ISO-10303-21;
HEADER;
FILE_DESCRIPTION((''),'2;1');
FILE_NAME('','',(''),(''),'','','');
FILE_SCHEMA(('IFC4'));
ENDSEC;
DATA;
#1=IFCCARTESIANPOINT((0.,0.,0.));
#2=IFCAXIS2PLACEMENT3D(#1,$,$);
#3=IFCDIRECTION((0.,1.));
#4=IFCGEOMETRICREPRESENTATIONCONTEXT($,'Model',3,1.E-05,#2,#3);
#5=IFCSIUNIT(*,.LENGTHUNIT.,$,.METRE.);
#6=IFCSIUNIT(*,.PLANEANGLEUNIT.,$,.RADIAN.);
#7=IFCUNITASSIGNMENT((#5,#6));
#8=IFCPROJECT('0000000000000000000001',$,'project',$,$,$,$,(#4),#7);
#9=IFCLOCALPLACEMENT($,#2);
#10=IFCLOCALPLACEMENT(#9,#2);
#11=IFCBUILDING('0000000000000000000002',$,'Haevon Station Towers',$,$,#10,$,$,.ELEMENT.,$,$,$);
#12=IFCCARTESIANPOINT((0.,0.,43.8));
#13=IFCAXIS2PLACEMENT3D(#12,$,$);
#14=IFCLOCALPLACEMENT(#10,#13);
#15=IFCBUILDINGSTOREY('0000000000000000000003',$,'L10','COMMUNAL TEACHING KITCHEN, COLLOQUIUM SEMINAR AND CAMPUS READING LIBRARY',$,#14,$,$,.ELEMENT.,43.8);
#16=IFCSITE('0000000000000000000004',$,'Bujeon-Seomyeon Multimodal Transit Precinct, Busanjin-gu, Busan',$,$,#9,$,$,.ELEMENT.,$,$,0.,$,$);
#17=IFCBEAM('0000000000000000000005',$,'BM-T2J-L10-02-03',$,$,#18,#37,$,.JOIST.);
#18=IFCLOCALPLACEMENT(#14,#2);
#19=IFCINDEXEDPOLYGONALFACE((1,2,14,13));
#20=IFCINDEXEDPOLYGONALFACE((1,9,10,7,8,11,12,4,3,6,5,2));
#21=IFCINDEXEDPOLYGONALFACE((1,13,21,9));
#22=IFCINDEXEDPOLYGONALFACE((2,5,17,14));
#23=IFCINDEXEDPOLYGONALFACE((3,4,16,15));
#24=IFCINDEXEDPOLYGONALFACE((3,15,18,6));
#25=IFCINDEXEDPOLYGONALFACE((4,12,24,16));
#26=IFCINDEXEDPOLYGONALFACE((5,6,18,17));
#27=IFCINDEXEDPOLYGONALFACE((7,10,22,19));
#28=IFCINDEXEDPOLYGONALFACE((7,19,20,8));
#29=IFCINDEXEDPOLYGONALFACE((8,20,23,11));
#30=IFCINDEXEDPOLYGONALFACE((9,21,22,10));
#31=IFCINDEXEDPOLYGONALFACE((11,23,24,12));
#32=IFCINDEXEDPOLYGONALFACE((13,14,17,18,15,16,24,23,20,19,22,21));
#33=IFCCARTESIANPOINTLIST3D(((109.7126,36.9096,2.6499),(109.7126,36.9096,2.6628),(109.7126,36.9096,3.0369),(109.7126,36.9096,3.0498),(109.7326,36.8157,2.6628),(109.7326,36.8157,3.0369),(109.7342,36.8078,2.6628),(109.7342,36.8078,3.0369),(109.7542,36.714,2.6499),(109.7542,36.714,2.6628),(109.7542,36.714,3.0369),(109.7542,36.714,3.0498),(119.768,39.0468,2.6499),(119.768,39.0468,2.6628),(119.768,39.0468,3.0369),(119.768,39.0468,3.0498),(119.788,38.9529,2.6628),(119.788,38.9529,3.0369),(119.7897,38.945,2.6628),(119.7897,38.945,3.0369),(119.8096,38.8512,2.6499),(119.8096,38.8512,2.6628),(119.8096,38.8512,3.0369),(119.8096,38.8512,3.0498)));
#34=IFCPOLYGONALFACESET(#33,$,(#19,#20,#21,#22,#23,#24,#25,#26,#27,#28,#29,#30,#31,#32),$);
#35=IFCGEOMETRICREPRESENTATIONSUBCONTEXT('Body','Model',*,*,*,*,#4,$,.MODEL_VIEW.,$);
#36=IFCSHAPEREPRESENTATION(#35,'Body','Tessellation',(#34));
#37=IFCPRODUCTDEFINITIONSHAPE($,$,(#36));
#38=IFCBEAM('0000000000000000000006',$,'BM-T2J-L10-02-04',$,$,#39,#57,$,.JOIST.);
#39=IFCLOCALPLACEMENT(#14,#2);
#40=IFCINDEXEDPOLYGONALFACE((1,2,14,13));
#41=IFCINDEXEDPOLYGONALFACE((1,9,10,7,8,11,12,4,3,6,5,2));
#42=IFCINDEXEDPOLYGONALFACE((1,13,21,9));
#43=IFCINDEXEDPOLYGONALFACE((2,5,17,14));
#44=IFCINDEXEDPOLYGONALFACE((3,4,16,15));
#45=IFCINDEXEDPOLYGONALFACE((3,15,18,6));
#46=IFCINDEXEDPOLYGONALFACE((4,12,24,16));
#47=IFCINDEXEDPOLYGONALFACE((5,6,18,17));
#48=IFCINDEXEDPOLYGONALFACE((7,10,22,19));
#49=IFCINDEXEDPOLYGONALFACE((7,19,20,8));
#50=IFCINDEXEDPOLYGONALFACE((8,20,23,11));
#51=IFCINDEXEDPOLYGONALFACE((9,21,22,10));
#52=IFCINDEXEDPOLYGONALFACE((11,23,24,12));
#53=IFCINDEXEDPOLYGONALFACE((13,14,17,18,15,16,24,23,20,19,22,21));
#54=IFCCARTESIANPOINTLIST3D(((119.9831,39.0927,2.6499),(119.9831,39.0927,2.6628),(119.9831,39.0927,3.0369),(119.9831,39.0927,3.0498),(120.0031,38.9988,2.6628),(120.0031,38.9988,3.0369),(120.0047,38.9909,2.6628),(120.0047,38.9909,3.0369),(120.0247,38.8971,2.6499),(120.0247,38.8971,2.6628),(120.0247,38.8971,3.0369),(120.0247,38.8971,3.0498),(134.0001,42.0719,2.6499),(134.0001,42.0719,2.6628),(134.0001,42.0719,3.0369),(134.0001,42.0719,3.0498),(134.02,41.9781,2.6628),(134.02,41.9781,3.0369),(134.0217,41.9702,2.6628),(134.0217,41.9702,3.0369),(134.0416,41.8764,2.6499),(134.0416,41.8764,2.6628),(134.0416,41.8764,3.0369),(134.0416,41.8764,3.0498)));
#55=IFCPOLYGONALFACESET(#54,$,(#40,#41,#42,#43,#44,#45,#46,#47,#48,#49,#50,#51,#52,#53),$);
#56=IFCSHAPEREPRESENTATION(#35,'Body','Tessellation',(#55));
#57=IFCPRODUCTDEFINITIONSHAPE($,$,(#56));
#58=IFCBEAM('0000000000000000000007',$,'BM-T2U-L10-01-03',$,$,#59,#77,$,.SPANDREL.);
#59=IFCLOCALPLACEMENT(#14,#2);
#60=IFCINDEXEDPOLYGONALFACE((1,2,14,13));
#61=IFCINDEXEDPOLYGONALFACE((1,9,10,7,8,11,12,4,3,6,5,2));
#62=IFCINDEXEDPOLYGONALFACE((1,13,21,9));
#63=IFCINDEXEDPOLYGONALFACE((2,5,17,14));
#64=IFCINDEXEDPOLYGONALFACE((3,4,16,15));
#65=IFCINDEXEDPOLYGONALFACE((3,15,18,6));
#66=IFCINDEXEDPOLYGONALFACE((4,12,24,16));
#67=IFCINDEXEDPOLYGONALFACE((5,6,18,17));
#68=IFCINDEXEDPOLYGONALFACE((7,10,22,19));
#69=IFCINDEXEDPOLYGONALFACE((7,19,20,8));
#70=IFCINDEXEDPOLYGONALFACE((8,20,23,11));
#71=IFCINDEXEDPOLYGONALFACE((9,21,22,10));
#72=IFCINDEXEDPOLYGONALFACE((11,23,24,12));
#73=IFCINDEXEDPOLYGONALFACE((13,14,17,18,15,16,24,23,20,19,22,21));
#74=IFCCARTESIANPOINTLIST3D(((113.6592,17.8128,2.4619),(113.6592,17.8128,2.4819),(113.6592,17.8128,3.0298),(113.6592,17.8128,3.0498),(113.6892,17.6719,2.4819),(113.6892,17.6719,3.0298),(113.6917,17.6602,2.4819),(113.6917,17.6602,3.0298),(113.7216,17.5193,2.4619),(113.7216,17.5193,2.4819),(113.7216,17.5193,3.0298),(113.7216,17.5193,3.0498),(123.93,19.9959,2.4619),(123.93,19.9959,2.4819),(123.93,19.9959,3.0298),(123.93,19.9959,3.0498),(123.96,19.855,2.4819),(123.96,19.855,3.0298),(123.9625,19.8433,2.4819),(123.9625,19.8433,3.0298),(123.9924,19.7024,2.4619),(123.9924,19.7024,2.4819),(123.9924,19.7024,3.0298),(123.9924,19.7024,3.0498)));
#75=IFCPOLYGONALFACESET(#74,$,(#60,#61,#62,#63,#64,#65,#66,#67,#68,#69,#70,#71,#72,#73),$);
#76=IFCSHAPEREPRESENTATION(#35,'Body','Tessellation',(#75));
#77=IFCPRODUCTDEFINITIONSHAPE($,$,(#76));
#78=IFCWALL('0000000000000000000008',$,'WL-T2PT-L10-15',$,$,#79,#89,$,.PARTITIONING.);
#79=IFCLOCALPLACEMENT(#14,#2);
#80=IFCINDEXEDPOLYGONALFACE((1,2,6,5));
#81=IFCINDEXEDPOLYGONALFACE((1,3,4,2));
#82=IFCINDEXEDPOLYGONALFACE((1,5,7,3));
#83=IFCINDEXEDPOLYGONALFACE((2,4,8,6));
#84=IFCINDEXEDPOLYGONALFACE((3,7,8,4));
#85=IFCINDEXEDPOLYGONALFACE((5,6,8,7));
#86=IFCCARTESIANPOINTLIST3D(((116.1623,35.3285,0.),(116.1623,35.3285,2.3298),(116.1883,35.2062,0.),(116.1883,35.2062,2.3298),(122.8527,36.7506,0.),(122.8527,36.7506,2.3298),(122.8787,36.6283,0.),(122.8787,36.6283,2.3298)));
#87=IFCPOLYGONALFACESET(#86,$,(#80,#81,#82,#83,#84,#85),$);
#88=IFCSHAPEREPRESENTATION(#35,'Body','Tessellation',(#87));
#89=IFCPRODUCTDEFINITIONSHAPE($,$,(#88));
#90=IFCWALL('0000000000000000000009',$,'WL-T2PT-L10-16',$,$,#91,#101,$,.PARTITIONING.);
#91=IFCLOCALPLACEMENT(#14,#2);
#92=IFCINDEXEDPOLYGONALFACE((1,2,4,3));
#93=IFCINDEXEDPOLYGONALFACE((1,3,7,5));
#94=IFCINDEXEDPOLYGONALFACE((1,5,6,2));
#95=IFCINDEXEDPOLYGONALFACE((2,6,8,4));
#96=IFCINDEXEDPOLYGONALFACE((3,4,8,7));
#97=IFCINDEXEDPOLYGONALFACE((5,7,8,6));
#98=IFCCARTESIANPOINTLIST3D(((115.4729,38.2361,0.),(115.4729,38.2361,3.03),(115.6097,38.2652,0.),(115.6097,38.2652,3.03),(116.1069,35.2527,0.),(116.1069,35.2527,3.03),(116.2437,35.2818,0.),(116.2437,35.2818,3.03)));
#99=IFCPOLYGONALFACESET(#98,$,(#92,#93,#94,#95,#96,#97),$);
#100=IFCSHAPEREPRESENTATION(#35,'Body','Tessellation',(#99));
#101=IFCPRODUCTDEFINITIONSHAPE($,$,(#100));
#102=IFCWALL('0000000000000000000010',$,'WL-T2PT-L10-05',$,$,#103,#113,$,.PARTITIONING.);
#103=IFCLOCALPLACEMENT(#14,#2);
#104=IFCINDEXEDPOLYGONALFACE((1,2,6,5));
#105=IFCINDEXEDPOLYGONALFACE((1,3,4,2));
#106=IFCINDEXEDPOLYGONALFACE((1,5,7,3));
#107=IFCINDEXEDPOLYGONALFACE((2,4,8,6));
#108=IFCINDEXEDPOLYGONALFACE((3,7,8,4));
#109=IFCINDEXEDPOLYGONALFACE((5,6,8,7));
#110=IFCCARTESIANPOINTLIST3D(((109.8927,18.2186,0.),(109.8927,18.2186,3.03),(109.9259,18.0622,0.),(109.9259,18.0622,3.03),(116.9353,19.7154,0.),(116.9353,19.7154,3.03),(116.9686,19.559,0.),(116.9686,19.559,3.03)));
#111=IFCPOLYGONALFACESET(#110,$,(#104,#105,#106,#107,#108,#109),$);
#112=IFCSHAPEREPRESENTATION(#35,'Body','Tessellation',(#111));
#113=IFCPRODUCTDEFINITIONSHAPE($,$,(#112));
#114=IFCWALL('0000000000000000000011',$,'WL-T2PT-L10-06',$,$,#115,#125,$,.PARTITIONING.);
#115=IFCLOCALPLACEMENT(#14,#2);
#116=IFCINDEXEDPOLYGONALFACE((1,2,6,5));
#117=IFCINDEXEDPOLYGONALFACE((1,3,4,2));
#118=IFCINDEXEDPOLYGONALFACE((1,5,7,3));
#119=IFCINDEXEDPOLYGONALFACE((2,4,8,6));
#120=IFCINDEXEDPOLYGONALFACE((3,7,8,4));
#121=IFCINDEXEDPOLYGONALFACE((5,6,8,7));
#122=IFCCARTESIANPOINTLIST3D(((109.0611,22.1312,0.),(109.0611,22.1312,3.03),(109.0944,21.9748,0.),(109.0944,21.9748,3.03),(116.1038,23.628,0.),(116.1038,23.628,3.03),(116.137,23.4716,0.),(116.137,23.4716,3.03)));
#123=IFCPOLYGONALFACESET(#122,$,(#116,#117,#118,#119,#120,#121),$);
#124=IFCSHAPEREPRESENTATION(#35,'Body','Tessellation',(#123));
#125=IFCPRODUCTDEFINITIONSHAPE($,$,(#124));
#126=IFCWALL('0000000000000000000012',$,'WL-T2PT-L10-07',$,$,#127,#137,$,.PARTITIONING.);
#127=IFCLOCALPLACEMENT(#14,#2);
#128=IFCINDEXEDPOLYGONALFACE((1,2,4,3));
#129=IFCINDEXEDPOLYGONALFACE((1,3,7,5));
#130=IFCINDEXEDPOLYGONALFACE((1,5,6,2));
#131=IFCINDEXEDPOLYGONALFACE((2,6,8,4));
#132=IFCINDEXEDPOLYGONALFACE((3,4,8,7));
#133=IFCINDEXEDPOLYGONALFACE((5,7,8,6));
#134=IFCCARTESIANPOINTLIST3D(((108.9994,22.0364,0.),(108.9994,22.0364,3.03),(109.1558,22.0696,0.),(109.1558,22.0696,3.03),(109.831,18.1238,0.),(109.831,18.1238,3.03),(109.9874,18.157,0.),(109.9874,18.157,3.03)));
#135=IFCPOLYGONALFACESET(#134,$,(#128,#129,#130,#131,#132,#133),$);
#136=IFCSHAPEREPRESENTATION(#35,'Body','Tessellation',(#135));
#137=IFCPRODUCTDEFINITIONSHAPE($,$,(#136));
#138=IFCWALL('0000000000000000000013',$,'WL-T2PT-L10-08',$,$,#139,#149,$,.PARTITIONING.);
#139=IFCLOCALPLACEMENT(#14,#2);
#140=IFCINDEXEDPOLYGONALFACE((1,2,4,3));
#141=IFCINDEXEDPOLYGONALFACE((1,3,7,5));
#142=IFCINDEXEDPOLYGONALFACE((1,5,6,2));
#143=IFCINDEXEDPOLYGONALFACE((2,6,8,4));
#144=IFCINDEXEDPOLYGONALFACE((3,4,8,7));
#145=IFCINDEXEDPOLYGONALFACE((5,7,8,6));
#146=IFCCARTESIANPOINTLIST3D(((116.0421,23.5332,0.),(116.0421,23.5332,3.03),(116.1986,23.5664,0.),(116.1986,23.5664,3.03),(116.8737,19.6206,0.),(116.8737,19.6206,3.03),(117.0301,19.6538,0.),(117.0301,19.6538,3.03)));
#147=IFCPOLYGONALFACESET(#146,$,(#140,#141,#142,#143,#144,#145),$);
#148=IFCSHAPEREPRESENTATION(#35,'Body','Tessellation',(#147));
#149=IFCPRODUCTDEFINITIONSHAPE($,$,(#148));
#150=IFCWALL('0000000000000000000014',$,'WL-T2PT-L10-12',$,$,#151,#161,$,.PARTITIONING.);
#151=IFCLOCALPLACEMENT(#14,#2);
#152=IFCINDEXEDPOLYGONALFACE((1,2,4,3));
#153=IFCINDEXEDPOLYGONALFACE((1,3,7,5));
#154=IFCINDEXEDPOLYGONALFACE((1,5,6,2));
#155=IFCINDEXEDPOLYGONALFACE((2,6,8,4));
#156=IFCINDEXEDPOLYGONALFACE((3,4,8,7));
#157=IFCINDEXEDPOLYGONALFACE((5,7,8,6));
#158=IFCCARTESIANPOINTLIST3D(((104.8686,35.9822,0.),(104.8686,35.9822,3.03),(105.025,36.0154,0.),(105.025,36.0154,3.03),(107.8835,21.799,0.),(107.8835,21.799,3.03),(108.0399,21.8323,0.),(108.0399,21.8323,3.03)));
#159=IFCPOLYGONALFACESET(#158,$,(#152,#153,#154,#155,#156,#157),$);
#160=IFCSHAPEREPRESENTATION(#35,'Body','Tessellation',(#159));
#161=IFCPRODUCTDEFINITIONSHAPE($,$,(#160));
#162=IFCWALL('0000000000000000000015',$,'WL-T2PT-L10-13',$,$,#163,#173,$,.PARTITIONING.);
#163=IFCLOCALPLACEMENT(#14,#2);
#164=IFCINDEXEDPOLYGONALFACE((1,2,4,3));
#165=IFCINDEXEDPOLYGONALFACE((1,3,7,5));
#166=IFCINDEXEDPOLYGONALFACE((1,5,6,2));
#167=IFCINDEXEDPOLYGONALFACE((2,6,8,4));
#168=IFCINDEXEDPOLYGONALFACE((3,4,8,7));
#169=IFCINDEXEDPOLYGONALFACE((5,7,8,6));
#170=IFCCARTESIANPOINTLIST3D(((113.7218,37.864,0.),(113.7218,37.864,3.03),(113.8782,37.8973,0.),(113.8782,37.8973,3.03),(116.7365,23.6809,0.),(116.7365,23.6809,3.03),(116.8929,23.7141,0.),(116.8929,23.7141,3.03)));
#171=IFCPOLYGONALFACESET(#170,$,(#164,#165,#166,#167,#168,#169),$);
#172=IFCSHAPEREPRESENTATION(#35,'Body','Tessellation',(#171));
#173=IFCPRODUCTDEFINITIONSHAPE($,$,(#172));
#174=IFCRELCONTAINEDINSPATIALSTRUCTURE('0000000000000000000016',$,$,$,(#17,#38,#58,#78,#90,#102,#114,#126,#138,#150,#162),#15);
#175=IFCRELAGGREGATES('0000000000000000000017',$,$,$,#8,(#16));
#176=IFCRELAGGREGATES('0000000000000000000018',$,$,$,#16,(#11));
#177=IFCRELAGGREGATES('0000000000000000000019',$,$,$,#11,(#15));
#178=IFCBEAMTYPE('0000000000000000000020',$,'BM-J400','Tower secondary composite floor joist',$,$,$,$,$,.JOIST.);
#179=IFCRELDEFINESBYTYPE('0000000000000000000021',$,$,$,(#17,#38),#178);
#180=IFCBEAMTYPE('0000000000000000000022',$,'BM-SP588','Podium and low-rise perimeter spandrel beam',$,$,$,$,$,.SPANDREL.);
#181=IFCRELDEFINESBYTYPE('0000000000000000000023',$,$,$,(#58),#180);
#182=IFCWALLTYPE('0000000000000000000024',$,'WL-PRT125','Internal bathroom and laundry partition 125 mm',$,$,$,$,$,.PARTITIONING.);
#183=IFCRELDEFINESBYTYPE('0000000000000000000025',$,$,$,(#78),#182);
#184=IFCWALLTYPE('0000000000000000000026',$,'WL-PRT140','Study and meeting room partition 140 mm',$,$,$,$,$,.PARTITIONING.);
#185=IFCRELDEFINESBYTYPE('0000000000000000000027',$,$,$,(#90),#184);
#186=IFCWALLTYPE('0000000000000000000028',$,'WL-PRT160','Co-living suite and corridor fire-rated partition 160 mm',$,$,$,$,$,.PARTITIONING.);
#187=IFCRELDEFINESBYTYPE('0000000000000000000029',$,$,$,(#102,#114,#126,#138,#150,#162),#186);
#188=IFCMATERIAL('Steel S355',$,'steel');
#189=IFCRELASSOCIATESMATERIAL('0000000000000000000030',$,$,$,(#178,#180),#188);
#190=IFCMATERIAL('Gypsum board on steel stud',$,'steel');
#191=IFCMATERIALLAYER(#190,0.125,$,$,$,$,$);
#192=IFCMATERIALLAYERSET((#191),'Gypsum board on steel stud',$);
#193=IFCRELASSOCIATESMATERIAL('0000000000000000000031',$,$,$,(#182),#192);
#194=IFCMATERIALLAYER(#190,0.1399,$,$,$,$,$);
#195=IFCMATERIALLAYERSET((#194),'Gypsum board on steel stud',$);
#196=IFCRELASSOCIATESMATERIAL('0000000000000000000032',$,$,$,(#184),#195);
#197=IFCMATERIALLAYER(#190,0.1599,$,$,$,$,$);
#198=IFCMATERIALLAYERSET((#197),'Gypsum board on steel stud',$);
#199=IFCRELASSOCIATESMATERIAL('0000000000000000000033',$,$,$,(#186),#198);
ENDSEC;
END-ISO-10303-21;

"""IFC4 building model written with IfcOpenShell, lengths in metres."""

from ifc_helpers import new_model, si_unit, direction, frame, frame_2d, origin, origin_2d, place, context, subcontext, project, spatial, rectangle, i_section, extrude, material, layer, layer_set, material_profile, profile_set, type_object, element, save


model = new_model("IFC4")

# Units and contexts
model_context = context("Model", 3, precision=1e-05, world=origin(), true_north=direction((0.0, 1.0)))
body_context = subcontext(model_context, "Body", "Model", "MODEL_VIEW")
ifc_project = project(units=[si_unit("LENGTHUNIT", "METRE"), si_unit("PLANEANGLEUNIT", "RADIAN")], contexts=[model_context])

# Site, building, storey
site_placement = place(None, origin())
site = spatial("IfcSite", under=ifc_project, at=site_placement, Name="Bujeon-Seomyeon Multimodal Transit Precinct, Busanjin-gu, Busan", CompositionType="ELEMENT", RefElevation=0.0)
building_placement = place(site_placement, origin())
building = spatial("IfcBuilding", under=site, at=building_placement, Name="Haevon Station Towers", CompositionType="ELEMENT")
storey_placement = place(building_placement, frame((0.0, 0.0, 43.8)))
storey = spatial("IfcBuildingStorey", under=building, at=storey_placement, Name="L10", Description="COMMUNAL TEACHING KITCHEN, COLLOQUIUM SEMINAR AND CAMPUS READING LIBRARY", CompositionType="ELEMENT", Elevation=43.8)

# Beams
ifc_material_1 = material(Name="Steel S355", Category="steel")
ifc_material_profile_1 = material_profile(ifc_material_1, i_section(OverallWidth=0.2, OverallDepth=0.3999, WebThickness=0.0081, FlangeThickness=0.0129, at=origin_2d()), Name="H-400x200x8x13")
ifc_profile_set_1 = profile_set([ifc_material_profile_1], Name="Steel S355")
beam_type_1 = type_object("IfcBeamType", Name="BM-J400", Description="Tower secondary composite floor joist", PredefinedType="JOIST", material=ifc_profile_set_1)
for number, where, z_axis, x_axis, name in (
    (1, (109.7334, 36.8118, 2.8499), (0.97815, 0.207899, 0.0), (-0.207899, 0.97815, 0.0), "BM-T2J-L10-02-03"),
):
    element("IfcBeam", number, at=place(storey_placement, frame(where, z_axis=z_axis, x_axis=x_axis)), inside=storey, type_object=beam_type_1, Name=name, PredefinedType="JOIST", context=body_context, shape_type="SweptSolid", body=[
        extrude(i_section(OverallWidth=0.2, OverallDepth=0.3999, WebThickness=0.0081, FlangeThickness=0.0129, at=origin_2d()), origin(), (0.0, 0.0, 1.0), 10.28),
    ])
beam_1_placement = place(storey_placement, frame((120.0039, 38.9949, 2.8499), z_axis=(0.978149, 0.207903, 0.0), x_axis=(-0.207903, 0.978149, 0.0)))
element("IfcBeam", 2, at=beam_1_placement, inside=storey, type_object=beam_type_1, Name="BM-T2J-L10-02-04", PredefinedType="JOIST", context=body_context, shape_type="SweptSolid", body=[
    extrude(i_section(OverallWidth=0.2, OverallDepth=0.3999, WebThickness=0.0081, FlangeThickness=0.0129, at=origin_2d()), origin(), (0.0, 0.0, 1.0), 14.3301),
])
ifc_material_profile_2 = material_profile(ifc_material_1, i_section(OverallWidth=0.3, OverallDepth=0.5879, WebThickness=0.012, FlangeThickness=0.02, at=origin_2d()), Name="H-588x300x12x20")
ifc_profile_set_2 = profile_set([ifc_material_profile_2], Name="Steel S355")
beam_type_2 = type_object("IfcBeamType", Name="BM-SP588", Description="Podium and low-rise perimeter spandrel beam", PredefinedType="SPANDREL", material=ifc_profile_set_2)
beam_2_placement = place(storey_placement, frame((113.6904, 17.666, 2.7559), z_axis=(0.978148, 0.207911, 0.0), x_axis=(-0.207911, 0.978148, 0.0)))
element("IfcBeam", 3, at=beam_2_placement, inside=storey, type_object=beam_type_2, Name="BM-T2U-L10-01-03", PredefinedType="SPANDREL", context=body_context, shape_type="SweptSolid", body=[
    extrude(i_section(OverallWidth=0.3, OverallDepth=0.5879, WebThickness=0.012, FlangeThickness=0.02, at=origin_2d()), origin(), (0.0, 0.0, 1.0), 10.5002),
])

# Walls
ifc_material_2 = material(Name="Gypsum board on steel stud", Category="steel")
ifc_layer_1 = layer(ifc_material_2, 0.125)
ifc_layer_set_1 = layer_set([ifc_layer_1], Name="Gypsum board on steel stud")
wall_type_1 = type_object("IfcWallType", Name="WL-PRT125", Description="Internal bathroom and laundry partition 125 mm", PredefinedType="PARTITIONING", material=ifc_layer_set_1)
wall_1_placement = place(storey_placement, frame((116.1753, 35.2673, 0.0), z_axis=(0.0, 0.0, 1.0), x_axis=(0.978147, 0.207915, 0.0)))
element("IfcWall", 4, at=wall_1_placement, inside=storey, type_object=wall_type_1, Name="WL-T2PT-L10-15", PredefinedType="PARTITIONING", context=body_context, shape_type="SweptSolid", body=[
    extrude(rectangle(XDim=6.8398, YDim=0.125, at=frame_2d((3.4199, 0.0))), origin(), (0.0, 0.0, 1.0), 2.3298),
])
ifc_layer_2 = layer(ifc_material_2, 0.1399)
ifc_layer_set_2 = layer_set([ifc_layer_2], Name="Gypsum board on steel stud")
wall_type_2 = type_object("IfcWallType", Name="WL-PRT140", Description="Study and meeting room partition 140 mm", PredefinedType="PARTITIONING", material=ifc_layer_set_2)
wall_2_placement = place(storey_placement, frame((116.1753, 35.2673, 0.0), z_axis=(0.0, 0.0, 1.0), x_axis=(-0.207878, 0.978155, 0.0)))
element("IfcWall", 5, at=wall_2_placement, inside=storey, type_object=wall_type_2, Name="WL-T2PT-L10-16", PredefinedType="PARTITIONING", context=body_context, shape_type="SweptSolid", body=[
    extrude(rectangle(XDim=3.05, YDim=0.1399, at=frame_2d((1.5249, 0.0))), origin(), (0.0, 0.0, 1.0), 3.03),
])
ifc_layer_3 = layer(ifc_material_2, 0.1599)
ifc_layer_set_3 = layer_set([ifc_layer_3], Name="Gypsum board on steel stud")
wall_type_3 = type_object("IfcWallType", Name="WL-PRT160", Description="Co-living suite and corridor fire-rated partition 160 mm", PredefinedType="PARTITIONING", material=ifc_layer_set_3)
for number, where, z_axis, x_axis, name in (
    (6, (109.9092, 18.1404, 0.0), (0.0, 0.0, 1.0), (0.978152, 0.207892, 0.0), "WL-T2PT-L10-05"),
    (7, (109.0776, 22.053, 0.0), (0.0, 0.0, 1.0), (0.978152, 0.207892, 0.0), "WL-T2PT-L10-06"),
):
    element("IfcWall", number, at=place(storey_placement, frame(where, z_axis=z_axis, x_axis=x_axis)), inside=storey, type_object=wall_type_3, Name=name, PredefinedType="PARTITIONING", context=body_context, shape_type="SweptSolid", body=[
        extrude(rectangle(XDim=7.2, YDim=0.1599, at=frame_2d((3.6001, 0.0))), origin(), (0.0, 0.0, 1.0), 3.03),
    ])
for number, where, z_axis, x_axis, name in (
    (8, (109.9092, 18.1404, 0.0), (0.0, 0.0, 1.0), (-0.207886, 0.978153, 0.0), "WL-T2PT-L10-07"),
    (9, (116.9519, 19.6372, 0.0), (0.0, 0.0, 1.0), (-0.207886, 0.978153, 0.0), "WL-T2PT-L10-08"),
):
    element("IfcWall", number, at=place(storey_placement, frame(where, z_axis=z_axis, x_axis=x_axis)), inside=storey, type_object=wall_type_3, Name=name, PredefinedType="PARTITIONING", context=body_context, shape_type="SweptSolid", body=[
        extrude(rectangle(XDim=4.0, YDim=0.1599, at=frame_2d((2.0, 0.0))), origin(), (0.0, 0.0, 1.0), 3.03),
    ])
for number, where, z_axis, x_axis, name in (
    (10, (107.9617, 21.8157, 0.0), (0.0, 0.0, 1.0), (-0.207924, 0.978145, 0.0), "WL-T2PT-L10-12"),
    (11, (116.8147, 23.6975, 0.0), (0.0, 0.0, 1.0), (-0.207907, 0.978148, 0.0), "WL-T2PT-L10-13"),
):
    element("IfcWall", number, at=place(storey_placement, frame(where, z_axis=z_axis, x_axis=x_axis)), inside=storey, type_object=wall_type_3, Name=name, PredefinedType="PARTITIONING", context=body_context, shape_type="SweptSolid", body=[
        extrude(rectangle(XDim=14.5, YDim=0.1599, at=frame_2d((7.25, 0.0))), origin(), (0.0, 0.0, 1.0), 3.03),
    ])

save(model, "model.ifc")
